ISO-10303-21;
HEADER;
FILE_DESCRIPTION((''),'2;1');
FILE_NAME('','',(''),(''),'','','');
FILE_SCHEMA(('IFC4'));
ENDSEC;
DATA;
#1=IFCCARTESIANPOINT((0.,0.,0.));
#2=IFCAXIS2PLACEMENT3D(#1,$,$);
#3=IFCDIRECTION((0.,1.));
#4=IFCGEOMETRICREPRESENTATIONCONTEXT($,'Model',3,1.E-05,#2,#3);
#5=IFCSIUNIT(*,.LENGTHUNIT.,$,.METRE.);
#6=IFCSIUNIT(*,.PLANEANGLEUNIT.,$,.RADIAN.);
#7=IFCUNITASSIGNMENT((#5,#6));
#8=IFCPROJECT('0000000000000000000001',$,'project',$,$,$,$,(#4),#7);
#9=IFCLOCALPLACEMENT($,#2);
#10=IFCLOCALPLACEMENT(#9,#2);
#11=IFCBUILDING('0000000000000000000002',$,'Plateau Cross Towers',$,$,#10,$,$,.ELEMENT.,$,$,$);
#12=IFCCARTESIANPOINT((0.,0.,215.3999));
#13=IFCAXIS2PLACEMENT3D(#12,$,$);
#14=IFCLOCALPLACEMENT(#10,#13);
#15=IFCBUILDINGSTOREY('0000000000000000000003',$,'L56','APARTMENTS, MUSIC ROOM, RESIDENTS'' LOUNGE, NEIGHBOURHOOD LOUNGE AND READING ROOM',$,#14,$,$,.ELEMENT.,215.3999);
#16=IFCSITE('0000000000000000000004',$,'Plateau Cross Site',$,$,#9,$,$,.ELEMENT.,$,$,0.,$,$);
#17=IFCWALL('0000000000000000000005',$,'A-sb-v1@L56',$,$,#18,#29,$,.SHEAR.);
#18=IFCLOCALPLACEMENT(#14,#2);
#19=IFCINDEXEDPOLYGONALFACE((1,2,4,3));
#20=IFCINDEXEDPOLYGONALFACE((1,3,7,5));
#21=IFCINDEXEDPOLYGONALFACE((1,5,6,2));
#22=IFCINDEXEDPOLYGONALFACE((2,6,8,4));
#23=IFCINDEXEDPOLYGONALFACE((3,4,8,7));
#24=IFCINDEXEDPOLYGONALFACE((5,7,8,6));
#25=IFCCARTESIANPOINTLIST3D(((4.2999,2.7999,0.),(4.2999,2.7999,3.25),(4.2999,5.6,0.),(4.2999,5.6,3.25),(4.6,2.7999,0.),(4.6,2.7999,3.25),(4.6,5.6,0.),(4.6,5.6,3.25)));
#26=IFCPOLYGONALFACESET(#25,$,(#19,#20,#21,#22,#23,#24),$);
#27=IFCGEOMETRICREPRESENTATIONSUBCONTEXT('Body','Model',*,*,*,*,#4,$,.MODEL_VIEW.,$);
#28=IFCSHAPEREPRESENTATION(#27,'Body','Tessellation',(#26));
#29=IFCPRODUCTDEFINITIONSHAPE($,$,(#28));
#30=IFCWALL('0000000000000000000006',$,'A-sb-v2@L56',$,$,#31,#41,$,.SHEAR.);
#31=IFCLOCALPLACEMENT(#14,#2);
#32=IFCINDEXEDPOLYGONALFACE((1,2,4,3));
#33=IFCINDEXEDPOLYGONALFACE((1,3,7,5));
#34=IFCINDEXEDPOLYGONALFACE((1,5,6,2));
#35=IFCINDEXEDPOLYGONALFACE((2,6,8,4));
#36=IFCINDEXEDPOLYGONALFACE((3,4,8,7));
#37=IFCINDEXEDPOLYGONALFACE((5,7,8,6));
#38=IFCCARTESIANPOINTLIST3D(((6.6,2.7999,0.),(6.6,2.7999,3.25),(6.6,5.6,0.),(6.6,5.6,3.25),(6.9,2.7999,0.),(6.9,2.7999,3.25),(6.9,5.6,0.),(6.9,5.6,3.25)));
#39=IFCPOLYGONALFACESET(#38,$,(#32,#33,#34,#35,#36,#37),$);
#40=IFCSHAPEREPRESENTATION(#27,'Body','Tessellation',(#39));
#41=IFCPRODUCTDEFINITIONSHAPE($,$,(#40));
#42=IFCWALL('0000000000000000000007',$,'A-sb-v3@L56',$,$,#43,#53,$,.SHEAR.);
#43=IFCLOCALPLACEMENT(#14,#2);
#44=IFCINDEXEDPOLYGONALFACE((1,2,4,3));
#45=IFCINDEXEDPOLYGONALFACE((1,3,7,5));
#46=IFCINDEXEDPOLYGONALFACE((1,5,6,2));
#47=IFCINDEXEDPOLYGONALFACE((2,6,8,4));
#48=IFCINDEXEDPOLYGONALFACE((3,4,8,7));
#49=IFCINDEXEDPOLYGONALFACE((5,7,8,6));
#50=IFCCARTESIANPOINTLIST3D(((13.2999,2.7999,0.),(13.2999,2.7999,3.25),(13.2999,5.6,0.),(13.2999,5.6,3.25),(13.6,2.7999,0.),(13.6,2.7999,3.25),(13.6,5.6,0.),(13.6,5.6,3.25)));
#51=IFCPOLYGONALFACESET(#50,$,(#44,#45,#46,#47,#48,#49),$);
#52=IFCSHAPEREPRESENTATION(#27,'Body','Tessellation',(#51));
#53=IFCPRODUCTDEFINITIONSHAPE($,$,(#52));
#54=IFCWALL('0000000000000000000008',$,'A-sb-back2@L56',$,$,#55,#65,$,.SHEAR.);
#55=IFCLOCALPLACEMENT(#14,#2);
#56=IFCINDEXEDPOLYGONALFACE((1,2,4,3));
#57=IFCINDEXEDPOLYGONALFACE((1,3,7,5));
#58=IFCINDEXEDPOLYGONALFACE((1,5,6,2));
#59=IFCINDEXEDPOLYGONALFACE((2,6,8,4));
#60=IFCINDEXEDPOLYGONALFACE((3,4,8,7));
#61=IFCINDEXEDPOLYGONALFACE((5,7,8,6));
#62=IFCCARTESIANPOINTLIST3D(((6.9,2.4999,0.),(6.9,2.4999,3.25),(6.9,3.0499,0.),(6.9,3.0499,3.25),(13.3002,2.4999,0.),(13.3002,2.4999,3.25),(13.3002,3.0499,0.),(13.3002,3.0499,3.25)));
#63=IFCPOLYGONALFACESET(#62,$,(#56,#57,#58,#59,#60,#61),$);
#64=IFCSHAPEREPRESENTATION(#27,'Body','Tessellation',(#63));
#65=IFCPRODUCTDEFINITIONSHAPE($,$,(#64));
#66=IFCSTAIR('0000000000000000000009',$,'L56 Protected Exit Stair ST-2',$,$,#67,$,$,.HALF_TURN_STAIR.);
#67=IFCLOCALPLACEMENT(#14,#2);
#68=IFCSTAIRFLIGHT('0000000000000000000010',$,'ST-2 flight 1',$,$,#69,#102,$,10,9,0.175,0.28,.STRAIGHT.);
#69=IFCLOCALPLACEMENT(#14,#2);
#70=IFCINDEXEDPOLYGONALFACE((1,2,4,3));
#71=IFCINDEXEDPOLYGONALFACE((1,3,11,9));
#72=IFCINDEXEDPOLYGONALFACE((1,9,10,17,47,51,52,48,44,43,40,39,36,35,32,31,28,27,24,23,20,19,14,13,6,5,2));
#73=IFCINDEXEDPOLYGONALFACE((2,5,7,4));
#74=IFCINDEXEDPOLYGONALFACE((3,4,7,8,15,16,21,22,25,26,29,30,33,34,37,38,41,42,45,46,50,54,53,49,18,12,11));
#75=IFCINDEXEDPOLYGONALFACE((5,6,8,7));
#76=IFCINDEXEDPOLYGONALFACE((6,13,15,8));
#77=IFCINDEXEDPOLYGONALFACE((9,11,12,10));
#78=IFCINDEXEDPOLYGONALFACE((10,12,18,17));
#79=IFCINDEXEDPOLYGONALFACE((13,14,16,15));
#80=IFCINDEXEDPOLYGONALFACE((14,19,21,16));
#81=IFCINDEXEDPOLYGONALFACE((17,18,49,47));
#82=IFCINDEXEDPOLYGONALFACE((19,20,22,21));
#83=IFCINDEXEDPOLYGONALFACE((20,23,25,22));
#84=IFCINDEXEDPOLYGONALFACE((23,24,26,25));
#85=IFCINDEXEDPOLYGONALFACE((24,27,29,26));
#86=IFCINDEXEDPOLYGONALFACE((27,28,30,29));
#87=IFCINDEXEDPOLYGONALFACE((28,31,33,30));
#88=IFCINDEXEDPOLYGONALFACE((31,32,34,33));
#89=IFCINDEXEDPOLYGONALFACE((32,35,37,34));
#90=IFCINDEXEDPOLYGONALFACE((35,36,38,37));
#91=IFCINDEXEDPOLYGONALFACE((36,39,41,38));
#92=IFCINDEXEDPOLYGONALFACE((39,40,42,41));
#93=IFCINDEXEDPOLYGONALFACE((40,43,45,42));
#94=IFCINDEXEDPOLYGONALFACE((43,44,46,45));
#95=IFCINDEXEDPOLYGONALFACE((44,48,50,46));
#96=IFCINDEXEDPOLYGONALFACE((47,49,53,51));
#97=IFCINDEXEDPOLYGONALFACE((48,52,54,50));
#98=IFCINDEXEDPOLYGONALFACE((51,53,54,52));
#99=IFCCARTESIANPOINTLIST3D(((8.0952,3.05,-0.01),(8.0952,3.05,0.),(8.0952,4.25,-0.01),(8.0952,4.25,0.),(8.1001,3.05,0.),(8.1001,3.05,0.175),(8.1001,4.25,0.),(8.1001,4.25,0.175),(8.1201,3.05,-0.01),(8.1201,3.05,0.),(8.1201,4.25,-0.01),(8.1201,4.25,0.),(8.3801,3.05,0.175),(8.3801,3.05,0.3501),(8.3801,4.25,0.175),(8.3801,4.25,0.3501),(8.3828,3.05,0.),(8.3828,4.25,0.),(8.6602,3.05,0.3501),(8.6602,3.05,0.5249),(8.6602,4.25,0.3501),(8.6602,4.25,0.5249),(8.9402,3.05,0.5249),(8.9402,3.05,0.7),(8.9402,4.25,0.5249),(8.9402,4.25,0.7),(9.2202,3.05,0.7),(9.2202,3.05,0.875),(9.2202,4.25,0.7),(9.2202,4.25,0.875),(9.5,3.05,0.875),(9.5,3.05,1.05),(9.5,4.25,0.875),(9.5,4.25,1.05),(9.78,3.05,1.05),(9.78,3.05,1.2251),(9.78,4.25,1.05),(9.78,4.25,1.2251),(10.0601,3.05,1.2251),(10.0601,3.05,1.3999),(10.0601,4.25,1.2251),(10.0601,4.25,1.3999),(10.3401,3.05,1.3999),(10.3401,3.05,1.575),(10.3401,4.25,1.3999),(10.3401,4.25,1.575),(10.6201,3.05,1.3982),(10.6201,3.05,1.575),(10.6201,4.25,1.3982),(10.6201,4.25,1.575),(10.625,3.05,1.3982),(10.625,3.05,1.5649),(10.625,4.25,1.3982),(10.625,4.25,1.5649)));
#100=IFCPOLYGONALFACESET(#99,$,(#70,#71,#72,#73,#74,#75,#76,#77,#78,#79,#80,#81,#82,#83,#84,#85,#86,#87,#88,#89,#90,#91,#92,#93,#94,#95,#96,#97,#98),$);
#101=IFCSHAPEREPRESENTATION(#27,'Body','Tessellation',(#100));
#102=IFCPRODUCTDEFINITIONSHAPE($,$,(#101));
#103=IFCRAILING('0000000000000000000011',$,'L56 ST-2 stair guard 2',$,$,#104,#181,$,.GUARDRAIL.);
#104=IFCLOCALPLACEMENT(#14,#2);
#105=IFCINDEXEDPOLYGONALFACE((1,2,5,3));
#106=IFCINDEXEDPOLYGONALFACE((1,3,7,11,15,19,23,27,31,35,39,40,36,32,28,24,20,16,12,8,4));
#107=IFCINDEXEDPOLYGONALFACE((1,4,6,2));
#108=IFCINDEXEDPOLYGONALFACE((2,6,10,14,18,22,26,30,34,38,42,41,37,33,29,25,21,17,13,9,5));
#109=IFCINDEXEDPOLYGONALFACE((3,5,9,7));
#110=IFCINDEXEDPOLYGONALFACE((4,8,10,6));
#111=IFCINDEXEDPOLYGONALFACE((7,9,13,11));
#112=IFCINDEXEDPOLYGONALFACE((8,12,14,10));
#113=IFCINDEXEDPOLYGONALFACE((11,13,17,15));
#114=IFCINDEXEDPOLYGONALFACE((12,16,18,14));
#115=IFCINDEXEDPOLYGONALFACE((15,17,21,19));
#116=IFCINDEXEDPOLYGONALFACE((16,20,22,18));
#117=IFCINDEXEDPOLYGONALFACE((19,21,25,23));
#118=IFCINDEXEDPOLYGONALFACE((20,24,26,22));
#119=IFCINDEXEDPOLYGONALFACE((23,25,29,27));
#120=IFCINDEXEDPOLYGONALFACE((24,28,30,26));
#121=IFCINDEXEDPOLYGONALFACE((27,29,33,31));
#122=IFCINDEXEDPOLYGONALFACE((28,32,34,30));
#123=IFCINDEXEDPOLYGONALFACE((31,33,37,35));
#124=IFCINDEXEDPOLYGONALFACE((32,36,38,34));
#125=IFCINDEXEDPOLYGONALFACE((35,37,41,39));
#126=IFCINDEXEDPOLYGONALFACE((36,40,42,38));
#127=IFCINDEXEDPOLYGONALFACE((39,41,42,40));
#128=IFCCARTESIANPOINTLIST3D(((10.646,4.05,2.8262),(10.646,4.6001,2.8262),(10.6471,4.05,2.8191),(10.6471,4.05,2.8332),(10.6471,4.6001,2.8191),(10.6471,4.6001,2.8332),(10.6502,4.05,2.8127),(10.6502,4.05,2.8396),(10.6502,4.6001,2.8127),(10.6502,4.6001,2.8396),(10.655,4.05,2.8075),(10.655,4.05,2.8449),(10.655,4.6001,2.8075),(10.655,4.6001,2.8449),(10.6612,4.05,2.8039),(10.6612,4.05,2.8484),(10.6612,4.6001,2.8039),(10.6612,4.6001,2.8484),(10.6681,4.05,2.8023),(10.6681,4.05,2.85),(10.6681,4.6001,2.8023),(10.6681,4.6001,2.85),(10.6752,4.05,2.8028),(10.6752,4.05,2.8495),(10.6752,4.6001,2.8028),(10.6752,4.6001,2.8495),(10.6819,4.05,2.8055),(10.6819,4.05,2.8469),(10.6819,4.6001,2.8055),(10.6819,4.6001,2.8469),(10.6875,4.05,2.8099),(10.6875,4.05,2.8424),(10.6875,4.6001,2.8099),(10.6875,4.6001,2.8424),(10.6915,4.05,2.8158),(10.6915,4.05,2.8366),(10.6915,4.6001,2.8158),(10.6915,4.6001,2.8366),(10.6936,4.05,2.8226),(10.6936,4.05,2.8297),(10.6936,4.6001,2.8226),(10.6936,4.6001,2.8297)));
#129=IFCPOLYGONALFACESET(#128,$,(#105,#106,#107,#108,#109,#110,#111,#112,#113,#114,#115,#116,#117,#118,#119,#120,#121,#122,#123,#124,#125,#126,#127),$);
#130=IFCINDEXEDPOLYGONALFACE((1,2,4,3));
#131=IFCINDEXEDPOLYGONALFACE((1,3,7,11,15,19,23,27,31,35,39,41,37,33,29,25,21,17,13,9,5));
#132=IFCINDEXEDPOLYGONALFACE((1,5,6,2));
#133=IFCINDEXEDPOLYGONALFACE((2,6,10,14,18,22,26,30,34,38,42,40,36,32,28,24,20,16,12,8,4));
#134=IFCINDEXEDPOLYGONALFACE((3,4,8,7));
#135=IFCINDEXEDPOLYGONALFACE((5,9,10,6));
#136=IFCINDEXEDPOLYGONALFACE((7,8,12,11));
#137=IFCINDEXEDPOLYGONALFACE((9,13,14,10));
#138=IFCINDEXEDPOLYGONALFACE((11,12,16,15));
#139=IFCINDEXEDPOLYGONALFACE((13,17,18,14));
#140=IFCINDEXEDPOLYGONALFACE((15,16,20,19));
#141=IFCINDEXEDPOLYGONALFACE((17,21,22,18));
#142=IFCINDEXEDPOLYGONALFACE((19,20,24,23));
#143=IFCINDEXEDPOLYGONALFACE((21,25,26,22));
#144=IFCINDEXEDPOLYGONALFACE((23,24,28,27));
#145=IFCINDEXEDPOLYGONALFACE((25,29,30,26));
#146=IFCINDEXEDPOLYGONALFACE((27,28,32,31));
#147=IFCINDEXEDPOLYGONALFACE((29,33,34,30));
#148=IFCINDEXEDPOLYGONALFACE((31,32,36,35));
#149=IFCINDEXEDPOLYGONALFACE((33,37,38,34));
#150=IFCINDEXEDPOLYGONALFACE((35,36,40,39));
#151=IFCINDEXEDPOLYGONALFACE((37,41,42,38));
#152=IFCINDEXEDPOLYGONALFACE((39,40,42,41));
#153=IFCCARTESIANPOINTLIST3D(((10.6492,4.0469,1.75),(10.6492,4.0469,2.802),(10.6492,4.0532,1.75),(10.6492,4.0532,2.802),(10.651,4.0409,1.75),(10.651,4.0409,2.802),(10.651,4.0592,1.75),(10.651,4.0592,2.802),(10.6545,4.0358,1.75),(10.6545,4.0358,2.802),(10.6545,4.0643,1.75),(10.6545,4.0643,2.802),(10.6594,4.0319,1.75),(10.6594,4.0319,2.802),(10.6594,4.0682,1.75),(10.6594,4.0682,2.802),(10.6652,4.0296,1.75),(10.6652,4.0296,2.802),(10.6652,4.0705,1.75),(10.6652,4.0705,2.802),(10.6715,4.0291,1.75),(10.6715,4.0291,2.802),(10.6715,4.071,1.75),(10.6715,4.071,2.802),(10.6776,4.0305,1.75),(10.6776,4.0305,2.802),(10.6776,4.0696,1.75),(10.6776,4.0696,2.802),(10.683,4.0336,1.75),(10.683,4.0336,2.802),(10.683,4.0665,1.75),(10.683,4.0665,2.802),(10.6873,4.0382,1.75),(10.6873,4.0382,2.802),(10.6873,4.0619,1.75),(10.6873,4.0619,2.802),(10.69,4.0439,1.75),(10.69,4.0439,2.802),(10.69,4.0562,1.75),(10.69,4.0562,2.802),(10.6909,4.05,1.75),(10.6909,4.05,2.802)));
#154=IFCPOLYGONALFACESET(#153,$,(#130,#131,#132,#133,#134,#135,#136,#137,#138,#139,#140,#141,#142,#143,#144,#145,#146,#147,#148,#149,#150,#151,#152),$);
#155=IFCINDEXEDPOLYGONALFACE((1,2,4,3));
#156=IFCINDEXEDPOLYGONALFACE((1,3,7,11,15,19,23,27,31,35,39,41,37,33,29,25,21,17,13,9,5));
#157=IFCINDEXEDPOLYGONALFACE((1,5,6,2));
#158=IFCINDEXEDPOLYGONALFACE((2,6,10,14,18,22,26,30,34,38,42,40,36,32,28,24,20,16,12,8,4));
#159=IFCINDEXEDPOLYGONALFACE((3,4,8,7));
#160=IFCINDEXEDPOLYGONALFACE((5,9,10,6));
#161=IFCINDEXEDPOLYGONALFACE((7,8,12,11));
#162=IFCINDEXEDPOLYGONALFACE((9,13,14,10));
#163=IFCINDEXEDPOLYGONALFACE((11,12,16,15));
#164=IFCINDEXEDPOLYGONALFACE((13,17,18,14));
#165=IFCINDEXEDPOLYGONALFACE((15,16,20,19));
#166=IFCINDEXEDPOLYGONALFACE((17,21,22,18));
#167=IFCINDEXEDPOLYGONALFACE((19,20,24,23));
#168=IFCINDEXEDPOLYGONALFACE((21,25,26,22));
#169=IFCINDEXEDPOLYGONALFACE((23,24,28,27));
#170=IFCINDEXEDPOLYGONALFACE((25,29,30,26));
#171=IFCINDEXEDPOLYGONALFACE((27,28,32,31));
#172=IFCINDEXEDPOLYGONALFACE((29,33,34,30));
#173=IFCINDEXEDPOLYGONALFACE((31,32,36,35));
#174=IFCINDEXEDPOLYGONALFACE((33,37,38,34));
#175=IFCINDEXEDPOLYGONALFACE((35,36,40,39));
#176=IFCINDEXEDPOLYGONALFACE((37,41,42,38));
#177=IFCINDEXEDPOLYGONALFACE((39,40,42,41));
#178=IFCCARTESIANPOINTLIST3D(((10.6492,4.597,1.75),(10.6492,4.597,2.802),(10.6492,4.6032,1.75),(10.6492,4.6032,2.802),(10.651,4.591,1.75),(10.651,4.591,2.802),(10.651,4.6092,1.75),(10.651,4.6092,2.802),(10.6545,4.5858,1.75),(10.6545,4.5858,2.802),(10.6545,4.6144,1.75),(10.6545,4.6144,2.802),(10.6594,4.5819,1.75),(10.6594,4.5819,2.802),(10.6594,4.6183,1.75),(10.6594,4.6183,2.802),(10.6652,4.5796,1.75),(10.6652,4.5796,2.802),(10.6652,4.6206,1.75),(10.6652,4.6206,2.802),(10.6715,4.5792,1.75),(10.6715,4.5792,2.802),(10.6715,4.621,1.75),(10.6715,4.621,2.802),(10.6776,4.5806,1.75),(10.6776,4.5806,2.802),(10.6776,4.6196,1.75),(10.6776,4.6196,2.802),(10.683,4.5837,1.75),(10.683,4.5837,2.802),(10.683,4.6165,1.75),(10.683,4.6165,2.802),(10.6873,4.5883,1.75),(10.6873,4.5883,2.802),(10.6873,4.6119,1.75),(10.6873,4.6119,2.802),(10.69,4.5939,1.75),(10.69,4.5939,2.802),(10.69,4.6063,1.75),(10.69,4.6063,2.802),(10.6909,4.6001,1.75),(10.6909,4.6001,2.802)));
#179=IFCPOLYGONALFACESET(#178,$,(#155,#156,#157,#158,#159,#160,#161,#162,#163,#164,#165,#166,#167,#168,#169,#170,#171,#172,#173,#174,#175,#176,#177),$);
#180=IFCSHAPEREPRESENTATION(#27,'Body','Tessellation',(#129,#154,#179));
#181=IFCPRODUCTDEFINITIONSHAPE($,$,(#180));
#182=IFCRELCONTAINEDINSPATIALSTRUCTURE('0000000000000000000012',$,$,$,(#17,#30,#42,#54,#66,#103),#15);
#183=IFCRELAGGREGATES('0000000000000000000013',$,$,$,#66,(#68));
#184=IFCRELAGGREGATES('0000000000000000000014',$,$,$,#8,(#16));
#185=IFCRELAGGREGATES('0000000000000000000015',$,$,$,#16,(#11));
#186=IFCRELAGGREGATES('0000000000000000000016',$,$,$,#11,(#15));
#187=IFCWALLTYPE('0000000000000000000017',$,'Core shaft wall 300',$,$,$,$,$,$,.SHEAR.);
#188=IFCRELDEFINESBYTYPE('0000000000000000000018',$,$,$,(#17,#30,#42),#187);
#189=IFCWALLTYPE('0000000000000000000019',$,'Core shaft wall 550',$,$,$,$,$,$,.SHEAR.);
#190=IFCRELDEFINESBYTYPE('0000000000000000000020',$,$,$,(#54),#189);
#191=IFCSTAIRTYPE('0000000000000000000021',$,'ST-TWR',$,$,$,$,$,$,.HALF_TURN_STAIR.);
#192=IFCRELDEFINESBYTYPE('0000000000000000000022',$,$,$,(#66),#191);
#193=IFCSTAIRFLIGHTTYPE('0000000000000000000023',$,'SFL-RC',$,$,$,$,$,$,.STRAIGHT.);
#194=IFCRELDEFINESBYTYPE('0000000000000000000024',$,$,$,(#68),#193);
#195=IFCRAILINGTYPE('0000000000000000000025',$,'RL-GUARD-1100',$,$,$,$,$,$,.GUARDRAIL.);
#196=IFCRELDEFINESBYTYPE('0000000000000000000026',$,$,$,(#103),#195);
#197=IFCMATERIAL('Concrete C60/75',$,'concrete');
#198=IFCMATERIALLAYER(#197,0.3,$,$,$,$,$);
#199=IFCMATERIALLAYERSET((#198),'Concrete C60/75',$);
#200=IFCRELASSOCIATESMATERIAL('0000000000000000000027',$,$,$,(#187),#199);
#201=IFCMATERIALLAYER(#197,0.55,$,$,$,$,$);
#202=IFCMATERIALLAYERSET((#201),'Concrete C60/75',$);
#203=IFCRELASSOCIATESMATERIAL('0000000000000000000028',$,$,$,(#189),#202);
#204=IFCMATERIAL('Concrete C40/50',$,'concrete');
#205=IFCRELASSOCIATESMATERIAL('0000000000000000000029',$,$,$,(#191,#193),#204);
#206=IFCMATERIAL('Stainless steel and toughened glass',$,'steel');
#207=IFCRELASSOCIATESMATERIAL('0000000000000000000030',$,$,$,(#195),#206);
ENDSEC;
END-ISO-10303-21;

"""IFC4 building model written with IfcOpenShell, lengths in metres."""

from ifc_helpers import new_model, si_unit, direction, frame, frame_2d, origin, origin_2d, place, context, subcontext, project, spatial, polyline, rectangle, circle, outline, extrude, material, layer, layer_set, type_object, element, aggregate, save


model = new_model("IFC4")

# Units and contexts
model_context = context("Model", 3, precision=1e-05, world=origin(), true_north=direction((0.0, 1.0)))
body_context = subcontext(model_context, "Body", "Model", "MODEL_VIEW")
ifc_project = project(units=[si_unit("LENGTHUNIT", "METRE"), si_unit("PLANEANGLEUNIT", "RADIAN")], contexts=[model_context])

# Site, building, storey
site_placement = place(None, origin())
site = spatial("IfcSite", under=ifc_project, at=site_placement, Name="Plateau Cross Site", CompositionType="ELEMENT", RefElevation=0.0)
building_placement = place(site_placement, origin())
building = spatial("IfcBuilding", under=site, at=building_placement, Name="Plateau Cross Towers", CompositionType="ELEMENT")
storey_placement = place(building_placement, frame((0.0, 0.0, 215.3999)))
storey = spatial("IfcBuildingStorey", under=building, at=storey_placement, Name="L56", Description="APARTMENTS, MUSIC ROOM, RESIDENTS' LOUNGE, NEIGHBOURHOOD LOUNGE AND READING ROOM", CompositionType="ELEMENT", Elevation=215.3999)

# Walls
ifc_material_1 = material(Name="Concrete C60/75", Category="concrete")
ifc_layer_1 = layer(ifc_material_1, 0.3)
ifc_layer_set_1 = layer_set([ifc_layer_1], Name="Concrete C60/75")
wall_type_1 = type_object("IfcWallType", Name="Core shaft wall 300", PredefinedType="SHEAR", material=ifc_layer_set_1)
for number, where, z_axis, x_axis, name in (
    (1, (4.45, 2.8, 0.0), (0.0, 0.0, 1.0), (0.0, 1.0, 0.0), "A-sb-v1@L56"),
    (2, (6.75, 2.8, 0.0), (0.0, 0.0, 1.0), (0.0, 1.0, 0.0), "A-sb-v2@L56"),
    (3, (13.45, 2.8, 0.0), (0.0, 0.0, 1.0), (0.0, 1.0, 0.0), "A-sb-v3@L56"),
):
    element("IfcWall", number, at=place(storey_placement, frame(where, z_axis=z_axis, x_axis=x_axis)), inside=storey, type_object=wall_type_1, Name=name, PredefinedType="SHEAR", context=body_context, shape_type="SweptSolid", body=[
        extrude(rectangle(XDim=2.8, YDim=0.3, at=frame_2d((1.3999, 0.0))), origin(), (0.0, 0.0, 1.0), 3.25),
    ])
ifc_layer_2 = layer(ifc_material_1, 0.55)
ifc_layer_set_2 = layer_set([ifc_layer_2], Name="Concrete C60/75")
wall_type_2 = type_object("IfcWallType", Name="Core shaft wall 550", PredefinedType="SHEAR", material=ifc_layer_set_2)
wall_1_placement = place(storey_placement, frame((6.8999, 2.7749, 0.0), z_axis=(0.0, 0.0, 1.0), x_axis=(1.0, 0.0, 0.0)))
element("IfcWall", 4, at=wall_1_placement, inside=storey, type_object=wall_type_2, Name="A-sb-back2@L56", PredefinedType="SHEAR", context=body_context, shape_type="SweptSolid", body=[
    extrude(rectangle(XDim=6.4001, YDim=0.55, at=frame_2d((3.2002, 0.0))), origin(), (0.0, 0.0, 1.0), 3.25),
])

# Stair, stair flight
ifc_material_2 = material(Name="Concrete C40/50", Category="concrete")
stair_type = type_object("IfcStairType", Name="ST-TWR", PredefinedType="HALF_TURN_STAIR", material=ifc_material_2)
stair_placement = place(storey_placement, origin())
stair = element("IfcStair", 5, at=stair_placement, inside=storey, type_object=stair_type, Name="L56 Protected Exit Stair ST-2", PredefinedType="HALF_TURN_STAIR")
stair_flight_type = type_object("IfcStairFlightType", Name="SFL-RC", PredefinedType="STRAIGHT", material=ifc_material_2)
stair_flight_placement = place(storey_placement, frame((8.1001, 3.6499, 0.0), z_axis=(0.0, 0.0, 1.0), x_axis=(1.0, 0.0, 0.0)))
stair_flight = element("IfcStairFlight", 6, at=stair_flight_placement, type_object=stair_flight_type, Name="ST-2 flight 1", NumberOfRisers=10, NumberOfTreads=9, PredefinedType="STRAIGHT", RiserHeight=0.175, TreadLength=0.28, context=body_context, shape_type="SweptSolid", body=[
    extrude(outline(polyline([(-0.0049, -0.01), (-0.0049, 0.0), (0.0, 0.0), (0.0, 0.175), (0.28, 0.175), (0.28, 0.3501), (0.5601, 0.3501), (0.5601, 0.5249), (0.8401, 0.5249), (0.8401, 0.7), (1.1201, 0.7), (1.1201, 0.875), (1.3999, 0.875), (1.3999, 1.05), (1.6799, 1.05), (1.6799, 1.2251), (1.96, 1.2251), (1.96, 1.3999), (2.24, 1.3999), (2.24, 1.575), (2.52, 1.575), (2.5249, 1.5649), (2.5249, 1.3982), (2.52, 1.3982), (0.2827, 0.0), (0.02, 0.0), (0.02, -0.01), (-0.0049, -0.01)])), frame((0.0, 0.6001, 0.0), z_axis=(0.0, -1.0, 0.0), x_axis=(1.0, 0.0, 0.0)), (0.0, 0.0, 1.0), 1.2),
])
aggregate(stair, [stair_flight])

# Railing
ifc_material_3 = material(Name="Stainless steel and toughened glass", Category="steel")
railing_type_1 = type_object("IfcRailingType", Name="RL-GUARD-1100", PredefinedType="GUARDRAIL", material=ifc_material_3)
for number, where, name in (
    (7, (10.6699, 4.05, 1.75), "L56 ST-2 stair guard 2"),
):
    element("IfcRailing", number, at=place(storey_placement, frame(where)), inside=storey, type_object=railing_type_1, Name=name, PredefinedType="GUARDRAIL", context=body_context, shape_type="SweptSolid", body=[
        extrude(circle(Radius=0.0239, at=origin_2d()), frame((0.0, 0.0, 1.0762), z_axis=(0.0, 1.0, 0.0), x_axis=(-1.0, 0.0, 0.0)), (0.0, 0.0, 1.0), 0.55),
        extrude(circle(Radius=0.021, at=origin_2d()), origin(), (0.0, 0.0, 1.0), 1.052),
        extrude(circle(Radius=0.021, at=origin_2d()), frame((0.0, 0.55, 0.0)), (0.0, 0.0, 1.0), 1.052),
    ])

save(model, "model.ifc")
